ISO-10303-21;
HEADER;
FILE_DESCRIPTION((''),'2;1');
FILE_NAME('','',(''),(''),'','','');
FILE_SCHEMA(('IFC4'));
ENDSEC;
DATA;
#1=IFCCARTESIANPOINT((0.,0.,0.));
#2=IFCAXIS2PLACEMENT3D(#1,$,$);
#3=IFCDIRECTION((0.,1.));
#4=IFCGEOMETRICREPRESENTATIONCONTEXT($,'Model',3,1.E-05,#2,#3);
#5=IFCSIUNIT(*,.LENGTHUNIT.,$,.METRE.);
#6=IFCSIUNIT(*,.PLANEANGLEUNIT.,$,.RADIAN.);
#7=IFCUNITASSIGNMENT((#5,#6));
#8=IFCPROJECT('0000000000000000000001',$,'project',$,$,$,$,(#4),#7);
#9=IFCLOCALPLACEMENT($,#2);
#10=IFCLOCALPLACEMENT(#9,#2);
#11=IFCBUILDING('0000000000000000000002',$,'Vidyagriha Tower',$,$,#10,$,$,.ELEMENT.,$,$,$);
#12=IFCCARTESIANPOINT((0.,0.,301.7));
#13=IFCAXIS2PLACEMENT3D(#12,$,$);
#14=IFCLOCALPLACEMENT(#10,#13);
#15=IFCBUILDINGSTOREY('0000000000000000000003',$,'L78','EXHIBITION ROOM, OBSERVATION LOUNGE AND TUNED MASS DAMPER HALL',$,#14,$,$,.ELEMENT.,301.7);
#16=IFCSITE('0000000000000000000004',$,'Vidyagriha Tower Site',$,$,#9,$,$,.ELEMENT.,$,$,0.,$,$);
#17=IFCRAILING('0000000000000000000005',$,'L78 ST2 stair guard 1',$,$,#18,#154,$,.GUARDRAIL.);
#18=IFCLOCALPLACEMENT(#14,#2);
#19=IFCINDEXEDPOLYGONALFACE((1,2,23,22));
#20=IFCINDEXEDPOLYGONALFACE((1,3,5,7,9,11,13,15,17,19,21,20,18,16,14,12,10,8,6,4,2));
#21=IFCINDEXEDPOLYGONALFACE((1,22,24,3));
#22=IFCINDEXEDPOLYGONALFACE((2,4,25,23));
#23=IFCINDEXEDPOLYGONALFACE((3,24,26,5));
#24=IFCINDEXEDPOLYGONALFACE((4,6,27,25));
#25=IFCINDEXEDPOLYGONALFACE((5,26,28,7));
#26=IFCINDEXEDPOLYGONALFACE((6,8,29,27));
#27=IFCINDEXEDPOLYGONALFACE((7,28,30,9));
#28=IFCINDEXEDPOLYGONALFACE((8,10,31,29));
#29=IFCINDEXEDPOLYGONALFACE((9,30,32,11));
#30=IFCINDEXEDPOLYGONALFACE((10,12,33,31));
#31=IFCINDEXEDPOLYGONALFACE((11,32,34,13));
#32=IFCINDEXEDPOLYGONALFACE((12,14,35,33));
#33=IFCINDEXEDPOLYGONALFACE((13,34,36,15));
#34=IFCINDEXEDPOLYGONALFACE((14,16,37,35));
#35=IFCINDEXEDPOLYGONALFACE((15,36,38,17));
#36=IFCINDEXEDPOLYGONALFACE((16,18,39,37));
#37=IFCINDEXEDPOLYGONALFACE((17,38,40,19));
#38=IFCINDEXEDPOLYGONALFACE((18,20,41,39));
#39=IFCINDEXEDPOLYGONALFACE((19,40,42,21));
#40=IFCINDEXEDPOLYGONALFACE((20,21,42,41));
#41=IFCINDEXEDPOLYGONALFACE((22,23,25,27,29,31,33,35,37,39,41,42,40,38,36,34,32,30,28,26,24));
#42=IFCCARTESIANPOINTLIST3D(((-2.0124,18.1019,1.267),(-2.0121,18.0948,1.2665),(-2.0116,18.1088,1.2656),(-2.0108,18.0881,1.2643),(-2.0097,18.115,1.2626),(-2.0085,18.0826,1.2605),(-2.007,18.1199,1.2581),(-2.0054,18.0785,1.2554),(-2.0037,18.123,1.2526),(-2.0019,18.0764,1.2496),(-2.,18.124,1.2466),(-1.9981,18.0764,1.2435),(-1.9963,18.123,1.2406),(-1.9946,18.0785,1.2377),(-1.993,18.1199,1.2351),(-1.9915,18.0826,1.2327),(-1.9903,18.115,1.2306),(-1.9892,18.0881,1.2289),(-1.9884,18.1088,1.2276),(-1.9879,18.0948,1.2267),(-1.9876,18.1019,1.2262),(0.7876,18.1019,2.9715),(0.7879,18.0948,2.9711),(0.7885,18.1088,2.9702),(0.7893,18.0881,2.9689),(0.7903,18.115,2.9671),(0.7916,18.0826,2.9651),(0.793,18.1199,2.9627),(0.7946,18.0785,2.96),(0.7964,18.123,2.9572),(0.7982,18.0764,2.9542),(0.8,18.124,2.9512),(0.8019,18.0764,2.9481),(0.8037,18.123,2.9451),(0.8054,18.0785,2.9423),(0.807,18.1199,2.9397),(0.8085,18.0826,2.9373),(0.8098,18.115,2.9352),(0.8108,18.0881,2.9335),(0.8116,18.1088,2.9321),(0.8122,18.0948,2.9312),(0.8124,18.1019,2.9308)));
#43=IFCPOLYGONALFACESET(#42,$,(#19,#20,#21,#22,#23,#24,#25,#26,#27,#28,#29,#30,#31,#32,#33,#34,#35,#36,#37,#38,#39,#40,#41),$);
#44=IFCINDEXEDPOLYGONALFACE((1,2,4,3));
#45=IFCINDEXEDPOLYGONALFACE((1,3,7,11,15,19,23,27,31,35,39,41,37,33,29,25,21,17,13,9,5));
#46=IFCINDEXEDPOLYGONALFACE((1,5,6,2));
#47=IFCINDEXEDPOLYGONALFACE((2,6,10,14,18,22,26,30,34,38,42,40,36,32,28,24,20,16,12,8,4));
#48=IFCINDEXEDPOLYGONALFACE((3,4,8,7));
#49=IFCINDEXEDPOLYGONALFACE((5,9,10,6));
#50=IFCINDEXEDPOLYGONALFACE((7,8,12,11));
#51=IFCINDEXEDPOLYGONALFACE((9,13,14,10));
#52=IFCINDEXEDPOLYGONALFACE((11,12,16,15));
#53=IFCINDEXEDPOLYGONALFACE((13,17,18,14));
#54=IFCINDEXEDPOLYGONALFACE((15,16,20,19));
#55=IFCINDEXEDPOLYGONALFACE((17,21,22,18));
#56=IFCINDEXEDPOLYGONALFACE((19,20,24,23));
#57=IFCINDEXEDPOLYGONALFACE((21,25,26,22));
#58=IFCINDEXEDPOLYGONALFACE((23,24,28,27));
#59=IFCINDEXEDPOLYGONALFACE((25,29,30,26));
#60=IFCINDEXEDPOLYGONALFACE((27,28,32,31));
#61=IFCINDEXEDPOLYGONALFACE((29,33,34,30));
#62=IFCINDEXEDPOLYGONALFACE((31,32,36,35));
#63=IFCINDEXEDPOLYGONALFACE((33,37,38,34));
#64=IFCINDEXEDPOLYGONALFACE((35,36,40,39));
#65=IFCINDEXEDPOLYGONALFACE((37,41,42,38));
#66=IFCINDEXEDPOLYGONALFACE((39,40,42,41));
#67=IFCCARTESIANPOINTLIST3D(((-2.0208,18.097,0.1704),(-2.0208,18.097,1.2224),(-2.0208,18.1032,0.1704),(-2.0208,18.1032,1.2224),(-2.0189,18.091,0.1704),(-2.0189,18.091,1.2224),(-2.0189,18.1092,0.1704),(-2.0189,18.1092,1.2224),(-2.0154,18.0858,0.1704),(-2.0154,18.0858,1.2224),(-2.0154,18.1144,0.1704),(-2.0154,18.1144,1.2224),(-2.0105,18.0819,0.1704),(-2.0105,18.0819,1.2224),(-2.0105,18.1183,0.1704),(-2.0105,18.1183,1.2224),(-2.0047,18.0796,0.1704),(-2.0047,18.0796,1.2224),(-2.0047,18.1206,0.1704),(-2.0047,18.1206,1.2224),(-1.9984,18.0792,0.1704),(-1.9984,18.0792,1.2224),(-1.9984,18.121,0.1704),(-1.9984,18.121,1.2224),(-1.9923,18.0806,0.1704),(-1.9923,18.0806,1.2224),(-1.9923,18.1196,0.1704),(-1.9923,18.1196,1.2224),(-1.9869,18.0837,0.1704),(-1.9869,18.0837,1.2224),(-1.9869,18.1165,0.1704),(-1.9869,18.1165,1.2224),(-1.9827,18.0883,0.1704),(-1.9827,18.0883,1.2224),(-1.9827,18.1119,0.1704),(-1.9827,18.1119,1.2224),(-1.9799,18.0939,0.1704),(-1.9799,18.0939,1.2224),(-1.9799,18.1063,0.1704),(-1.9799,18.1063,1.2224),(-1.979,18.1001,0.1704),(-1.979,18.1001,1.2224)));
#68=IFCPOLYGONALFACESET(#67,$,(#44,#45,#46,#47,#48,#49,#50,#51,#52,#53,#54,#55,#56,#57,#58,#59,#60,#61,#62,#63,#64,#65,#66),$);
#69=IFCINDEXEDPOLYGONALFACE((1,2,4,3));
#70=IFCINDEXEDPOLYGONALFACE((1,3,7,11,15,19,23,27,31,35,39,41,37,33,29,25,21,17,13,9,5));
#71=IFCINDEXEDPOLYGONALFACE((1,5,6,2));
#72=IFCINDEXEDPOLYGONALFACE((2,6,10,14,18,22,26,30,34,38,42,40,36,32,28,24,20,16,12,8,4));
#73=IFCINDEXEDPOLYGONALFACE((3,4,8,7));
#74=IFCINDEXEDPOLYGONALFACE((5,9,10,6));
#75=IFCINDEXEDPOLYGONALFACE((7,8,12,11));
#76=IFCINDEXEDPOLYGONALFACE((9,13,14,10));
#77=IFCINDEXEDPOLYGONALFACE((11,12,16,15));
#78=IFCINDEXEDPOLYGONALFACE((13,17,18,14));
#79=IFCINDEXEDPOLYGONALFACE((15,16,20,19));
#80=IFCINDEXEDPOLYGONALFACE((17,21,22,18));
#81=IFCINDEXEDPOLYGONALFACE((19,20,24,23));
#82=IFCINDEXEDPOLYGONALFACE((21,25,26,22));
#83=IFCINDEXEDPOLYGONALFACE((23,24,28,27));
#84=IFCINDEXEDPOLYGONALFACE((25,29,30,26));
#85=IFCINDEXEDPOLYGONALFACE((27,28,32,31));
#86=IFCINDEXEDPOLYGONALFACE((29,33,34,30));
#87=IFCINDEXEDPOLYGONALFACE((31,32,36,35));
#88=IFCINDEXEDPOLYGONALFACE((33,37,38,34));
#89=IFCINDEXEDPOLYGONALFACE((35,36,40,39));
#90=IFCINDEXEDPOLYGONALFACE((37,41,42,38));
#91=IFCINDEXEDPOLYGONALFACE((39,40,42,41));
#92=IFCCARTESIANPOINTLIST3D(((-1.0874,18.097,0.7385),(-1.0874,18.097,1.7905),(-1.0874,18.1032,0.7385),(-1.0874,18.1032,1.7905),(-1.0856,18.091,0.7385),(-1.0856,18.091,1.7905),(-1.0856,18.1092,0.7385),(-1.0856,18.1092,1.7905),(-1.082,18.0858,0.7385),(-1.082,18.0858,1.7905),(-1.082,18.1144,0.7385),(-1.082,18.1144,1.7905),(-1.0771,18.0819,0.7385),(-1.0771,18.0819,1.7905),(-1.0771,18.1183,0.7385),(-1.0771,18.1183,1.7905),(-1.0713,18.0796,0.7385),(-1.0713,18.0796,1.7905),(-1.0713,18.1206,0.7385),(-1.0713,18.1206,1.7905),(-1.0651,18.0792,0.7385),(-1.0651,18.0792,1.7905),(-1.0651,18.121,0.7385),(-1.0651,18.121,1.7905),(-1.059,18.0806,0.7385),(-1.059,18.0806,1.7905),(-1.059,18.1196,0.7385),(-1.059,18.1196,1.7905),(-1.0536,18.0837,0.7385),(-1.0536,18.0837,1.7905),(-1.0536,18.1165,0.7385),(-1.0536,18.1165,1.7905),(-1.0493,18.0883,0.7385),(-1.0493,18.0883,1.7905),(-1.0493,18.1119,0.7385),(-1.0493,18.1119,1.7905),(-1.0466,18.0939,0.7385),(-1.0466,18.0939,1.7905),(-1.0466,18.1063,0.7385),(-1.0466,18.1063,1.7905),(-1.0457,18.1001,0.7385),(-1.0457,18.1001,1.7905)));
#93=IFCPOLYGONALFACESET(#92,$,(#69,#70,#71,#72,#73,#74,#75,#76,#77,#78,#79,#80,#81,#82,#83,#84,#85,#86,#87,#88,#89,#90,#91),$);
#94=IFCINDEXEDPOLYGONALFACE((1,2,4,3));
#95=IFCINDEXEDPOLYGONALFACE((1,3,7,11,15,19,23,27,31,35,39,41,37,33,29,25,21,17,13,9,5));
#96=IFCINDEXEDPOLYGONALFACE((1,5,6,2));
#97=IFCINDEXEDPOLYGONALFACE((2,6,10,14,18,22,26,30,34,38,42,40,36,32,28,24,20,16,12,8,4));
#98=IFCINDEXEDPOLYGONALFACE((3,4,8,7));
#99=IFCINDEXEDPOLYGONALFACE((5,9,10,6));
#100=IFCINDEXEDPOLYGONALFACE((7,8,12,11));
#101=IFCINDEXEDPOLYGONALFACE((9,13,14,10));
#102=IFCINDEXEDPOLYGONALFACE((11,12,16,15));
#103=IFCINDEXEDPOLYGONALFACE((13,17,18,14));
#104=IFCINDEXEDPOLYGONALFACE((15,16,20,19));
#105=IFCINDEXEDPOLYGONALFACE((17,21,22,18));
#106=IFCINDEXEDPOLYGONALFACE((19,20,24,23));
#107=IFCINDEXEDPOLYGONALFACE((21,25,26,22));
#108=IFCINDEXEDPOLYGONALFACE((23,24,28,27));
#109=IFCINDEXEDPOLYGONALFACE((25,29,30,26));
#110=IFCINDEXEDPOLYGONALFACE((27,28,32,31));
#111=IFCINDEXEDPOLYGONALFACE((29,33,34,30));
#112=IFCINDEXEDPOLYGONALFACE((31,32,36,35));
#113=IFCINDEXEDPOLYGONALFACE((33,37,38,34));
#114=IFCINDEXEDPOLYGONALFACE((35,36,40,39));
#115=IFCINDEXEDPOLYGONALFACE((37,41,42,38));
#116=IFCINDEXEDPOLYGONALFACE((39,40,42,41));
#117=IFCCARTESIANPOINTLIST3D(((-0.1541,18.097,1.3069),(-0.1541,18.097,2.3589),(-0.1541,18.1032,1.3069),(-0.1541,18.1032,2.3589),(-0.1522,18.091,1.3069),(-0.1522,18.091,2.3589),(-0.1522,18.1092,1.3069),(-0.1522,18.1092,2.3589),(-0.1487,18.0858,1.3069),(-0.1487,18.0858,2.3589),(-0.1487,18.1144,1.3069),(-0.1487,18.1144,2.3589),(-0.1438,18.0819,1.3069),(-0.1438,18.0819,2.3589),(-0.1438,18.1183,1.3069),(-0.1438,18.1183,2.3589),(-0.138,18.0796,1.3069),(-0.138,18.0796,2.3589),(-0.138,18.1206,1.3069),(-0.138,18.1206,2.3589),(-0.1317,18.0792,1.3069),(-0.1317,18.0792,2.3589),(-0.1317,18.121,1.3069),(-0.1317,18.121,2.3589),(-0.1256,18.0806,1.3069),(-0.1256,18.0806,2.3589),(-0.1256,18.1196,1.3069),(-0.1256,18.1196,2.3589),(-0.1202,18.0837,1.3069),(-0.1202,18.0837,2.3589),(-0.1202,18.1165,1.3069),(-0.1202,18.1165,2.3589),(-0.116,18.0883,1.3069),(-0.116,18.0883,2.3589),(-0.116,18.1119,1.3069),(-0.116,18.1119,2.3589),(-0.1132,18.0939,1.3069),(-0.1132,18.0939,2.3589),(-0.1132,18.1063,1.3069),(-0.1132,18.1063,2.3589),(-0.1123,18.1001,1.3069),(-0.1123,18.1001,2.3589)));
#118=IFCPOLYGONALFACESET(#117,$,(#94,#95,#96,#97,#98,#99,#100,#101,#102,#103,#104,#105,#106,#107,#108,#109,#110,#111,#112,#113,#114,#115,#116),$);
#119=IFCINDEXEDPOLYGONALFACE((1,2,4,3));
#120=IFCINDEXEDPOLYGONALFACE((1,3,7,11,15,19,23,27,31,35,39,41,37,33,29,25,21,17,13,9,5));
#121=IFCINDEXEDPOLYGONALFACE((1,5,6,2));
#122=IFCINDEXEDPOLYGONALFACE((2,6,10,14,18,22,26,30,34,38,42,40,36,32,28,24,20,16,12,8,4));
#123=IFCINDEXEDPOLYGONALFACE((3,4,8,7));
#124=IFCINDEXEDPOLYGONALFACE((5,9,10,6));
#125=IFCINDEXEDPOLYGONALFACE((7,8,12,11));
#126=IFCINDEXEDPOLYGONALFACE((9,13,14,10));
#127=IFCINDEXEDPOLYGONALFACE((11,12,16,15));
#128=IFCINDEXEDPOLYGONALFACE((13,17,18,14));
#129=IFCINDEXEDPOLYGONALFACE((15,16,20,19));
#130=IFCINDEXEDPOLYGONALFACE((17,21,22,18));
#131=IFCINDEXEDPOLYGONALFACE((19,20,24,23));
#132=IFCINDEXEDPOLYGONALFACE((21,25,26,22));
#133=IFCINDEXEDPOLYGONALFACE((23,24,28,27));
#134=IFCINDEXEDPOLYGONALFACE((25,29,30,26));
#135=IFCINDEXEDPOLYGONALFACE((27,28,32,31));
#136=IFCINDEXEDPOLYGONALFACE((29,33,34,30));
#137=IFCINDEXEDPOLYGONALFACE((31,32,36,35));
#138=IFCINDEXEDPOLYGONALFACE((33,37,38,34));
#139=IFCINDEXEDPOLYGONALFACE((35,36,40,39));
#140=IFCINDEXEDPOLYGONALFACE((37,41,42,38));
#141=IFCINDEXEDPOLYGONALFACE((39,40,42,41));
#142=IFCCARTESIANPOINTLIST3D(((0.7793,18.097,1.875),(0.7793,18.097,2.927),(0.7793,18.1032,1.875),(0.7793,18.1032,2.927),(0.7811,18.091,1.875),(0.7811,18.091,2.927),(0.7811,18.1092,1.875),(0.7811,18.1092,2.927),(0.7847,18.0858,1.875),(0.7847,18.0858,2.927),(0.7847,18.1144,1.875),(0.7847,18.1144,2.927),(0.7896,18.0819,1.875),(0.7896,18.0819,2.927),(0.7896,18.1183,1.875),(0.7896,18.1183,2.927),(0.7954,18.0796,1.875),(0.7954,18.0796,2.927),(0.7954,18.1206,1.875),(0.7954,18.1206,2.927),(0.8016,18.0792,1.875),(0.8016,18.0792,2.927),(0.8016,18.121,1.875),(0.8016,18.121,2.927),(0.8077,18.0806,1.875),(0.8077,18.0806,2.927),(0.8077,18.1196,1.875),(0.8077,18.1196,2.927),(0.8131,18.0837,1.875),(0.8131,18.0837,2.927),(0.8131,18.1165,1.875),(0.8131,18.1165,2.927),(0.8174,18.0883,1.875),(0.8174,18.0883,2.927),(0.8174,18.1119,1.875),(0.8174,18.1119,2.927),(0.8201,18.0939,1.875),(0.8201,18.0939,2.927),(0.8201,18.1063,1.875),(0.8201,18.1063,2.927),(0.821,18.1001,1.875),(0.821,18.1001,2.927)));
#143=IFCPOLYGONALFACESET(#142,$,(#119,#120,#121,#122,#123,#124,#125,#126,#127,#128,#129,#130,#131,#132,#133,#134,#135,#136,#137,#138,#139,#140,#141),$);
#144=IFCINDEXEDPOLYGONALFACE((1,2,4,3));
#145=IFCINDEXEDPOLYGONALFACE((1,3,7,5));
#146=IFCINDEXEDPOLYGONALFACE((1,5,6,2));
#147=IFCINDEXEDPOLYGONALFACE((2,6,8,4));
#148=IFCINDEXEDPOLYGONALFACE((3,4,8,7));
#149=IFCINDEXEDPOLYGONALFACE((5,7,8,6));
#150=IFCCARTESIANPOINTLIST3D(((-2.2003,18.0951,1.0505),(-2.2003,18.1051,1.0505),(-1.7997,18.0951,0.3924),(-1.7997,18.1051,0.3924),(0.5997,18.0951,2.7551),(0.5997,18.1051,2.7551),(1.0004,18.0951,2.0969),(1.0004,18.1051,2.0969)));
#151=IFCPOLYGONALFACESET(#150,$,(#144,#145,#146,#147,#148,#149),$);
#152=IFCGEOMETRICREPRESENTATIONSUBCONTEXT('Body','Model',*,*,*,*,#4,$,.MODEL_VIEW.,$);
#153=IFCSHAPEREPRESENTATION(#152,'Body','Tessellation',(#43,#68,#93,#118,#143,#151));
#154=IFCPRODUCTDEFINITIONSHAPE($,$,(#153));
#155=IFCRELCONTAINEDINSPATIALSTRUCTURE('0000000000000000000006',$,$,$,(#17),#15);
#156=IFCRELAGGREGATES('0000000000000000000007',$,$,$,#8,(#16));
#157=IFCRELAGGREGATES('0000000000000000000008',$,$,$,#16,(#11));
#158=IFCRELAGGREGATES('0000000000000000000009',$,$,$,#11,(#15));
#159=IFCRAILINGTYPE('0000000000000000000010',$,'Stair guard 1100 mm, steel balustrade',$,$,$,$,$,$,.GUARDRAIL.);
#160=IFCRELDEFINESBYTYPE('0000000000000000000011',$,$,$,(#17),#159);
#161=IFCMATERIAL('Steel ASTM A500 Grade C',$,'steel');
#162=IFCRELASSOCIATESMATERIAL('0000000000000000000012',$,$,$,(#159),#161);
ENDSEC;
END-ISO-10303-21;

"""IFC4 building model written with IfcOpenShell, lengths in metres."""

from ifc_helpers import new_model, si_unit, direction, frame, origin, origin_2d, place, context, subcontext, project, spatial, rectangle, circle, extrude, material, type_object, element, save


model = new_model("IFC4")

# Units and contexts
model_context = context("Model", 3, precision=1e-05, world=origin(), true_north=direction((0.0, 1.0)))
body_context = subcontext(model_context, "Body", "Model", "MODEL_VIEW")
ifc_project = project(units=[si_unit("LENGTHUNIT", "METRE"), si_unit("PLANEANGLEUNIT", "RADIAN")], contexts=[model_context])

# Site, building, storey
site_placement = place(None, origin())
site = spatial("IfcSite", under=ifc_project, at=site_placement, Name="Vidyagriha Tower Site", CompositionType="ELEMENT", RefElevation=0.0)
building_placement = place(site_placement, origin())
building = spatial("IfcBuilding", under=site, at=building_placement, Name="Vidyagriha Tower", CompositionType="ELEMENT")
storey_placement = place(building_placement, frame((0.0, 0.0, 301.7)))
storey = spatial("IfcBuildingStorey", under=building, at=storey_placement, Name="L78", Description="EXHIBITION ROOM, OBSERVATION LOUNGE AND TUNED MASS DAMPER HALL", CompositionType="ELEMENT", Elevation=301.7)

# Railing
ifc_material_1 = material(Name="Steel ASTM A500 Grade C", Category="steel")
railing_type_1 = type_object("IfcRailingType", Name="Stair guard 1100 mm, steel balustrade", PredefinedType="GUARDRAIL", material=ifc_material_1)
for number, where, name in (
    (1, (-2.0, 18.1001, 0.1704), "L78 ST2 stair guard 1"),
):
    element("IfcRailing", number, at=place(storey_placement, frame(where)), inside=storey, type_object=railing_type_1, Name=name, PredefinedType="GUARDRAIL", context=body_context, shape_type="SweptSolid", body=[
        extrude(circle(Radius=0.0239, at=origin_2d()), frame((0.0, 0.0, 1.0762), z_axis=(0.85417, 0.0, 0.519994), x_axis=(0.0, 1.0, 0.0)), (0.0, 0.0, 1.0), 3.2781),
        extrude(circle(Radius=0.021, at=origin_2d()), origin(), (0.0, 0.0, 1.0), 1.052),
        extrude(circle(Radius=0.021, at=origin_2d()), frame((0.9333, 0.0, 0.5681)), (0.0, 0.0, 1.0), 1.052),
        extrude(circle(Radius=0.021, at=origin_2d()), frame((1.8667, 0.0, 1.1365)), (0.0, 0.0, 1.0), 1.052),
        extrude(circle(Radius=0.021, at=origin_2d()), frame((2.8, 0.0, 1.7046)), (0.0, 0.0, 1.0), 1.052),
        extrude(rectangle(XDim=0.01, YDim=0.7705, at=origin_2d()), frame((0.0, 0.0, 0.551), z_axis=(0.85417, 0.0, 0.519994), x_axis=(0.0, 1.0, 0.0)), (0.0, 0.0, 1.0), 3.2781),
    ])

save(model, "model.ifc")
